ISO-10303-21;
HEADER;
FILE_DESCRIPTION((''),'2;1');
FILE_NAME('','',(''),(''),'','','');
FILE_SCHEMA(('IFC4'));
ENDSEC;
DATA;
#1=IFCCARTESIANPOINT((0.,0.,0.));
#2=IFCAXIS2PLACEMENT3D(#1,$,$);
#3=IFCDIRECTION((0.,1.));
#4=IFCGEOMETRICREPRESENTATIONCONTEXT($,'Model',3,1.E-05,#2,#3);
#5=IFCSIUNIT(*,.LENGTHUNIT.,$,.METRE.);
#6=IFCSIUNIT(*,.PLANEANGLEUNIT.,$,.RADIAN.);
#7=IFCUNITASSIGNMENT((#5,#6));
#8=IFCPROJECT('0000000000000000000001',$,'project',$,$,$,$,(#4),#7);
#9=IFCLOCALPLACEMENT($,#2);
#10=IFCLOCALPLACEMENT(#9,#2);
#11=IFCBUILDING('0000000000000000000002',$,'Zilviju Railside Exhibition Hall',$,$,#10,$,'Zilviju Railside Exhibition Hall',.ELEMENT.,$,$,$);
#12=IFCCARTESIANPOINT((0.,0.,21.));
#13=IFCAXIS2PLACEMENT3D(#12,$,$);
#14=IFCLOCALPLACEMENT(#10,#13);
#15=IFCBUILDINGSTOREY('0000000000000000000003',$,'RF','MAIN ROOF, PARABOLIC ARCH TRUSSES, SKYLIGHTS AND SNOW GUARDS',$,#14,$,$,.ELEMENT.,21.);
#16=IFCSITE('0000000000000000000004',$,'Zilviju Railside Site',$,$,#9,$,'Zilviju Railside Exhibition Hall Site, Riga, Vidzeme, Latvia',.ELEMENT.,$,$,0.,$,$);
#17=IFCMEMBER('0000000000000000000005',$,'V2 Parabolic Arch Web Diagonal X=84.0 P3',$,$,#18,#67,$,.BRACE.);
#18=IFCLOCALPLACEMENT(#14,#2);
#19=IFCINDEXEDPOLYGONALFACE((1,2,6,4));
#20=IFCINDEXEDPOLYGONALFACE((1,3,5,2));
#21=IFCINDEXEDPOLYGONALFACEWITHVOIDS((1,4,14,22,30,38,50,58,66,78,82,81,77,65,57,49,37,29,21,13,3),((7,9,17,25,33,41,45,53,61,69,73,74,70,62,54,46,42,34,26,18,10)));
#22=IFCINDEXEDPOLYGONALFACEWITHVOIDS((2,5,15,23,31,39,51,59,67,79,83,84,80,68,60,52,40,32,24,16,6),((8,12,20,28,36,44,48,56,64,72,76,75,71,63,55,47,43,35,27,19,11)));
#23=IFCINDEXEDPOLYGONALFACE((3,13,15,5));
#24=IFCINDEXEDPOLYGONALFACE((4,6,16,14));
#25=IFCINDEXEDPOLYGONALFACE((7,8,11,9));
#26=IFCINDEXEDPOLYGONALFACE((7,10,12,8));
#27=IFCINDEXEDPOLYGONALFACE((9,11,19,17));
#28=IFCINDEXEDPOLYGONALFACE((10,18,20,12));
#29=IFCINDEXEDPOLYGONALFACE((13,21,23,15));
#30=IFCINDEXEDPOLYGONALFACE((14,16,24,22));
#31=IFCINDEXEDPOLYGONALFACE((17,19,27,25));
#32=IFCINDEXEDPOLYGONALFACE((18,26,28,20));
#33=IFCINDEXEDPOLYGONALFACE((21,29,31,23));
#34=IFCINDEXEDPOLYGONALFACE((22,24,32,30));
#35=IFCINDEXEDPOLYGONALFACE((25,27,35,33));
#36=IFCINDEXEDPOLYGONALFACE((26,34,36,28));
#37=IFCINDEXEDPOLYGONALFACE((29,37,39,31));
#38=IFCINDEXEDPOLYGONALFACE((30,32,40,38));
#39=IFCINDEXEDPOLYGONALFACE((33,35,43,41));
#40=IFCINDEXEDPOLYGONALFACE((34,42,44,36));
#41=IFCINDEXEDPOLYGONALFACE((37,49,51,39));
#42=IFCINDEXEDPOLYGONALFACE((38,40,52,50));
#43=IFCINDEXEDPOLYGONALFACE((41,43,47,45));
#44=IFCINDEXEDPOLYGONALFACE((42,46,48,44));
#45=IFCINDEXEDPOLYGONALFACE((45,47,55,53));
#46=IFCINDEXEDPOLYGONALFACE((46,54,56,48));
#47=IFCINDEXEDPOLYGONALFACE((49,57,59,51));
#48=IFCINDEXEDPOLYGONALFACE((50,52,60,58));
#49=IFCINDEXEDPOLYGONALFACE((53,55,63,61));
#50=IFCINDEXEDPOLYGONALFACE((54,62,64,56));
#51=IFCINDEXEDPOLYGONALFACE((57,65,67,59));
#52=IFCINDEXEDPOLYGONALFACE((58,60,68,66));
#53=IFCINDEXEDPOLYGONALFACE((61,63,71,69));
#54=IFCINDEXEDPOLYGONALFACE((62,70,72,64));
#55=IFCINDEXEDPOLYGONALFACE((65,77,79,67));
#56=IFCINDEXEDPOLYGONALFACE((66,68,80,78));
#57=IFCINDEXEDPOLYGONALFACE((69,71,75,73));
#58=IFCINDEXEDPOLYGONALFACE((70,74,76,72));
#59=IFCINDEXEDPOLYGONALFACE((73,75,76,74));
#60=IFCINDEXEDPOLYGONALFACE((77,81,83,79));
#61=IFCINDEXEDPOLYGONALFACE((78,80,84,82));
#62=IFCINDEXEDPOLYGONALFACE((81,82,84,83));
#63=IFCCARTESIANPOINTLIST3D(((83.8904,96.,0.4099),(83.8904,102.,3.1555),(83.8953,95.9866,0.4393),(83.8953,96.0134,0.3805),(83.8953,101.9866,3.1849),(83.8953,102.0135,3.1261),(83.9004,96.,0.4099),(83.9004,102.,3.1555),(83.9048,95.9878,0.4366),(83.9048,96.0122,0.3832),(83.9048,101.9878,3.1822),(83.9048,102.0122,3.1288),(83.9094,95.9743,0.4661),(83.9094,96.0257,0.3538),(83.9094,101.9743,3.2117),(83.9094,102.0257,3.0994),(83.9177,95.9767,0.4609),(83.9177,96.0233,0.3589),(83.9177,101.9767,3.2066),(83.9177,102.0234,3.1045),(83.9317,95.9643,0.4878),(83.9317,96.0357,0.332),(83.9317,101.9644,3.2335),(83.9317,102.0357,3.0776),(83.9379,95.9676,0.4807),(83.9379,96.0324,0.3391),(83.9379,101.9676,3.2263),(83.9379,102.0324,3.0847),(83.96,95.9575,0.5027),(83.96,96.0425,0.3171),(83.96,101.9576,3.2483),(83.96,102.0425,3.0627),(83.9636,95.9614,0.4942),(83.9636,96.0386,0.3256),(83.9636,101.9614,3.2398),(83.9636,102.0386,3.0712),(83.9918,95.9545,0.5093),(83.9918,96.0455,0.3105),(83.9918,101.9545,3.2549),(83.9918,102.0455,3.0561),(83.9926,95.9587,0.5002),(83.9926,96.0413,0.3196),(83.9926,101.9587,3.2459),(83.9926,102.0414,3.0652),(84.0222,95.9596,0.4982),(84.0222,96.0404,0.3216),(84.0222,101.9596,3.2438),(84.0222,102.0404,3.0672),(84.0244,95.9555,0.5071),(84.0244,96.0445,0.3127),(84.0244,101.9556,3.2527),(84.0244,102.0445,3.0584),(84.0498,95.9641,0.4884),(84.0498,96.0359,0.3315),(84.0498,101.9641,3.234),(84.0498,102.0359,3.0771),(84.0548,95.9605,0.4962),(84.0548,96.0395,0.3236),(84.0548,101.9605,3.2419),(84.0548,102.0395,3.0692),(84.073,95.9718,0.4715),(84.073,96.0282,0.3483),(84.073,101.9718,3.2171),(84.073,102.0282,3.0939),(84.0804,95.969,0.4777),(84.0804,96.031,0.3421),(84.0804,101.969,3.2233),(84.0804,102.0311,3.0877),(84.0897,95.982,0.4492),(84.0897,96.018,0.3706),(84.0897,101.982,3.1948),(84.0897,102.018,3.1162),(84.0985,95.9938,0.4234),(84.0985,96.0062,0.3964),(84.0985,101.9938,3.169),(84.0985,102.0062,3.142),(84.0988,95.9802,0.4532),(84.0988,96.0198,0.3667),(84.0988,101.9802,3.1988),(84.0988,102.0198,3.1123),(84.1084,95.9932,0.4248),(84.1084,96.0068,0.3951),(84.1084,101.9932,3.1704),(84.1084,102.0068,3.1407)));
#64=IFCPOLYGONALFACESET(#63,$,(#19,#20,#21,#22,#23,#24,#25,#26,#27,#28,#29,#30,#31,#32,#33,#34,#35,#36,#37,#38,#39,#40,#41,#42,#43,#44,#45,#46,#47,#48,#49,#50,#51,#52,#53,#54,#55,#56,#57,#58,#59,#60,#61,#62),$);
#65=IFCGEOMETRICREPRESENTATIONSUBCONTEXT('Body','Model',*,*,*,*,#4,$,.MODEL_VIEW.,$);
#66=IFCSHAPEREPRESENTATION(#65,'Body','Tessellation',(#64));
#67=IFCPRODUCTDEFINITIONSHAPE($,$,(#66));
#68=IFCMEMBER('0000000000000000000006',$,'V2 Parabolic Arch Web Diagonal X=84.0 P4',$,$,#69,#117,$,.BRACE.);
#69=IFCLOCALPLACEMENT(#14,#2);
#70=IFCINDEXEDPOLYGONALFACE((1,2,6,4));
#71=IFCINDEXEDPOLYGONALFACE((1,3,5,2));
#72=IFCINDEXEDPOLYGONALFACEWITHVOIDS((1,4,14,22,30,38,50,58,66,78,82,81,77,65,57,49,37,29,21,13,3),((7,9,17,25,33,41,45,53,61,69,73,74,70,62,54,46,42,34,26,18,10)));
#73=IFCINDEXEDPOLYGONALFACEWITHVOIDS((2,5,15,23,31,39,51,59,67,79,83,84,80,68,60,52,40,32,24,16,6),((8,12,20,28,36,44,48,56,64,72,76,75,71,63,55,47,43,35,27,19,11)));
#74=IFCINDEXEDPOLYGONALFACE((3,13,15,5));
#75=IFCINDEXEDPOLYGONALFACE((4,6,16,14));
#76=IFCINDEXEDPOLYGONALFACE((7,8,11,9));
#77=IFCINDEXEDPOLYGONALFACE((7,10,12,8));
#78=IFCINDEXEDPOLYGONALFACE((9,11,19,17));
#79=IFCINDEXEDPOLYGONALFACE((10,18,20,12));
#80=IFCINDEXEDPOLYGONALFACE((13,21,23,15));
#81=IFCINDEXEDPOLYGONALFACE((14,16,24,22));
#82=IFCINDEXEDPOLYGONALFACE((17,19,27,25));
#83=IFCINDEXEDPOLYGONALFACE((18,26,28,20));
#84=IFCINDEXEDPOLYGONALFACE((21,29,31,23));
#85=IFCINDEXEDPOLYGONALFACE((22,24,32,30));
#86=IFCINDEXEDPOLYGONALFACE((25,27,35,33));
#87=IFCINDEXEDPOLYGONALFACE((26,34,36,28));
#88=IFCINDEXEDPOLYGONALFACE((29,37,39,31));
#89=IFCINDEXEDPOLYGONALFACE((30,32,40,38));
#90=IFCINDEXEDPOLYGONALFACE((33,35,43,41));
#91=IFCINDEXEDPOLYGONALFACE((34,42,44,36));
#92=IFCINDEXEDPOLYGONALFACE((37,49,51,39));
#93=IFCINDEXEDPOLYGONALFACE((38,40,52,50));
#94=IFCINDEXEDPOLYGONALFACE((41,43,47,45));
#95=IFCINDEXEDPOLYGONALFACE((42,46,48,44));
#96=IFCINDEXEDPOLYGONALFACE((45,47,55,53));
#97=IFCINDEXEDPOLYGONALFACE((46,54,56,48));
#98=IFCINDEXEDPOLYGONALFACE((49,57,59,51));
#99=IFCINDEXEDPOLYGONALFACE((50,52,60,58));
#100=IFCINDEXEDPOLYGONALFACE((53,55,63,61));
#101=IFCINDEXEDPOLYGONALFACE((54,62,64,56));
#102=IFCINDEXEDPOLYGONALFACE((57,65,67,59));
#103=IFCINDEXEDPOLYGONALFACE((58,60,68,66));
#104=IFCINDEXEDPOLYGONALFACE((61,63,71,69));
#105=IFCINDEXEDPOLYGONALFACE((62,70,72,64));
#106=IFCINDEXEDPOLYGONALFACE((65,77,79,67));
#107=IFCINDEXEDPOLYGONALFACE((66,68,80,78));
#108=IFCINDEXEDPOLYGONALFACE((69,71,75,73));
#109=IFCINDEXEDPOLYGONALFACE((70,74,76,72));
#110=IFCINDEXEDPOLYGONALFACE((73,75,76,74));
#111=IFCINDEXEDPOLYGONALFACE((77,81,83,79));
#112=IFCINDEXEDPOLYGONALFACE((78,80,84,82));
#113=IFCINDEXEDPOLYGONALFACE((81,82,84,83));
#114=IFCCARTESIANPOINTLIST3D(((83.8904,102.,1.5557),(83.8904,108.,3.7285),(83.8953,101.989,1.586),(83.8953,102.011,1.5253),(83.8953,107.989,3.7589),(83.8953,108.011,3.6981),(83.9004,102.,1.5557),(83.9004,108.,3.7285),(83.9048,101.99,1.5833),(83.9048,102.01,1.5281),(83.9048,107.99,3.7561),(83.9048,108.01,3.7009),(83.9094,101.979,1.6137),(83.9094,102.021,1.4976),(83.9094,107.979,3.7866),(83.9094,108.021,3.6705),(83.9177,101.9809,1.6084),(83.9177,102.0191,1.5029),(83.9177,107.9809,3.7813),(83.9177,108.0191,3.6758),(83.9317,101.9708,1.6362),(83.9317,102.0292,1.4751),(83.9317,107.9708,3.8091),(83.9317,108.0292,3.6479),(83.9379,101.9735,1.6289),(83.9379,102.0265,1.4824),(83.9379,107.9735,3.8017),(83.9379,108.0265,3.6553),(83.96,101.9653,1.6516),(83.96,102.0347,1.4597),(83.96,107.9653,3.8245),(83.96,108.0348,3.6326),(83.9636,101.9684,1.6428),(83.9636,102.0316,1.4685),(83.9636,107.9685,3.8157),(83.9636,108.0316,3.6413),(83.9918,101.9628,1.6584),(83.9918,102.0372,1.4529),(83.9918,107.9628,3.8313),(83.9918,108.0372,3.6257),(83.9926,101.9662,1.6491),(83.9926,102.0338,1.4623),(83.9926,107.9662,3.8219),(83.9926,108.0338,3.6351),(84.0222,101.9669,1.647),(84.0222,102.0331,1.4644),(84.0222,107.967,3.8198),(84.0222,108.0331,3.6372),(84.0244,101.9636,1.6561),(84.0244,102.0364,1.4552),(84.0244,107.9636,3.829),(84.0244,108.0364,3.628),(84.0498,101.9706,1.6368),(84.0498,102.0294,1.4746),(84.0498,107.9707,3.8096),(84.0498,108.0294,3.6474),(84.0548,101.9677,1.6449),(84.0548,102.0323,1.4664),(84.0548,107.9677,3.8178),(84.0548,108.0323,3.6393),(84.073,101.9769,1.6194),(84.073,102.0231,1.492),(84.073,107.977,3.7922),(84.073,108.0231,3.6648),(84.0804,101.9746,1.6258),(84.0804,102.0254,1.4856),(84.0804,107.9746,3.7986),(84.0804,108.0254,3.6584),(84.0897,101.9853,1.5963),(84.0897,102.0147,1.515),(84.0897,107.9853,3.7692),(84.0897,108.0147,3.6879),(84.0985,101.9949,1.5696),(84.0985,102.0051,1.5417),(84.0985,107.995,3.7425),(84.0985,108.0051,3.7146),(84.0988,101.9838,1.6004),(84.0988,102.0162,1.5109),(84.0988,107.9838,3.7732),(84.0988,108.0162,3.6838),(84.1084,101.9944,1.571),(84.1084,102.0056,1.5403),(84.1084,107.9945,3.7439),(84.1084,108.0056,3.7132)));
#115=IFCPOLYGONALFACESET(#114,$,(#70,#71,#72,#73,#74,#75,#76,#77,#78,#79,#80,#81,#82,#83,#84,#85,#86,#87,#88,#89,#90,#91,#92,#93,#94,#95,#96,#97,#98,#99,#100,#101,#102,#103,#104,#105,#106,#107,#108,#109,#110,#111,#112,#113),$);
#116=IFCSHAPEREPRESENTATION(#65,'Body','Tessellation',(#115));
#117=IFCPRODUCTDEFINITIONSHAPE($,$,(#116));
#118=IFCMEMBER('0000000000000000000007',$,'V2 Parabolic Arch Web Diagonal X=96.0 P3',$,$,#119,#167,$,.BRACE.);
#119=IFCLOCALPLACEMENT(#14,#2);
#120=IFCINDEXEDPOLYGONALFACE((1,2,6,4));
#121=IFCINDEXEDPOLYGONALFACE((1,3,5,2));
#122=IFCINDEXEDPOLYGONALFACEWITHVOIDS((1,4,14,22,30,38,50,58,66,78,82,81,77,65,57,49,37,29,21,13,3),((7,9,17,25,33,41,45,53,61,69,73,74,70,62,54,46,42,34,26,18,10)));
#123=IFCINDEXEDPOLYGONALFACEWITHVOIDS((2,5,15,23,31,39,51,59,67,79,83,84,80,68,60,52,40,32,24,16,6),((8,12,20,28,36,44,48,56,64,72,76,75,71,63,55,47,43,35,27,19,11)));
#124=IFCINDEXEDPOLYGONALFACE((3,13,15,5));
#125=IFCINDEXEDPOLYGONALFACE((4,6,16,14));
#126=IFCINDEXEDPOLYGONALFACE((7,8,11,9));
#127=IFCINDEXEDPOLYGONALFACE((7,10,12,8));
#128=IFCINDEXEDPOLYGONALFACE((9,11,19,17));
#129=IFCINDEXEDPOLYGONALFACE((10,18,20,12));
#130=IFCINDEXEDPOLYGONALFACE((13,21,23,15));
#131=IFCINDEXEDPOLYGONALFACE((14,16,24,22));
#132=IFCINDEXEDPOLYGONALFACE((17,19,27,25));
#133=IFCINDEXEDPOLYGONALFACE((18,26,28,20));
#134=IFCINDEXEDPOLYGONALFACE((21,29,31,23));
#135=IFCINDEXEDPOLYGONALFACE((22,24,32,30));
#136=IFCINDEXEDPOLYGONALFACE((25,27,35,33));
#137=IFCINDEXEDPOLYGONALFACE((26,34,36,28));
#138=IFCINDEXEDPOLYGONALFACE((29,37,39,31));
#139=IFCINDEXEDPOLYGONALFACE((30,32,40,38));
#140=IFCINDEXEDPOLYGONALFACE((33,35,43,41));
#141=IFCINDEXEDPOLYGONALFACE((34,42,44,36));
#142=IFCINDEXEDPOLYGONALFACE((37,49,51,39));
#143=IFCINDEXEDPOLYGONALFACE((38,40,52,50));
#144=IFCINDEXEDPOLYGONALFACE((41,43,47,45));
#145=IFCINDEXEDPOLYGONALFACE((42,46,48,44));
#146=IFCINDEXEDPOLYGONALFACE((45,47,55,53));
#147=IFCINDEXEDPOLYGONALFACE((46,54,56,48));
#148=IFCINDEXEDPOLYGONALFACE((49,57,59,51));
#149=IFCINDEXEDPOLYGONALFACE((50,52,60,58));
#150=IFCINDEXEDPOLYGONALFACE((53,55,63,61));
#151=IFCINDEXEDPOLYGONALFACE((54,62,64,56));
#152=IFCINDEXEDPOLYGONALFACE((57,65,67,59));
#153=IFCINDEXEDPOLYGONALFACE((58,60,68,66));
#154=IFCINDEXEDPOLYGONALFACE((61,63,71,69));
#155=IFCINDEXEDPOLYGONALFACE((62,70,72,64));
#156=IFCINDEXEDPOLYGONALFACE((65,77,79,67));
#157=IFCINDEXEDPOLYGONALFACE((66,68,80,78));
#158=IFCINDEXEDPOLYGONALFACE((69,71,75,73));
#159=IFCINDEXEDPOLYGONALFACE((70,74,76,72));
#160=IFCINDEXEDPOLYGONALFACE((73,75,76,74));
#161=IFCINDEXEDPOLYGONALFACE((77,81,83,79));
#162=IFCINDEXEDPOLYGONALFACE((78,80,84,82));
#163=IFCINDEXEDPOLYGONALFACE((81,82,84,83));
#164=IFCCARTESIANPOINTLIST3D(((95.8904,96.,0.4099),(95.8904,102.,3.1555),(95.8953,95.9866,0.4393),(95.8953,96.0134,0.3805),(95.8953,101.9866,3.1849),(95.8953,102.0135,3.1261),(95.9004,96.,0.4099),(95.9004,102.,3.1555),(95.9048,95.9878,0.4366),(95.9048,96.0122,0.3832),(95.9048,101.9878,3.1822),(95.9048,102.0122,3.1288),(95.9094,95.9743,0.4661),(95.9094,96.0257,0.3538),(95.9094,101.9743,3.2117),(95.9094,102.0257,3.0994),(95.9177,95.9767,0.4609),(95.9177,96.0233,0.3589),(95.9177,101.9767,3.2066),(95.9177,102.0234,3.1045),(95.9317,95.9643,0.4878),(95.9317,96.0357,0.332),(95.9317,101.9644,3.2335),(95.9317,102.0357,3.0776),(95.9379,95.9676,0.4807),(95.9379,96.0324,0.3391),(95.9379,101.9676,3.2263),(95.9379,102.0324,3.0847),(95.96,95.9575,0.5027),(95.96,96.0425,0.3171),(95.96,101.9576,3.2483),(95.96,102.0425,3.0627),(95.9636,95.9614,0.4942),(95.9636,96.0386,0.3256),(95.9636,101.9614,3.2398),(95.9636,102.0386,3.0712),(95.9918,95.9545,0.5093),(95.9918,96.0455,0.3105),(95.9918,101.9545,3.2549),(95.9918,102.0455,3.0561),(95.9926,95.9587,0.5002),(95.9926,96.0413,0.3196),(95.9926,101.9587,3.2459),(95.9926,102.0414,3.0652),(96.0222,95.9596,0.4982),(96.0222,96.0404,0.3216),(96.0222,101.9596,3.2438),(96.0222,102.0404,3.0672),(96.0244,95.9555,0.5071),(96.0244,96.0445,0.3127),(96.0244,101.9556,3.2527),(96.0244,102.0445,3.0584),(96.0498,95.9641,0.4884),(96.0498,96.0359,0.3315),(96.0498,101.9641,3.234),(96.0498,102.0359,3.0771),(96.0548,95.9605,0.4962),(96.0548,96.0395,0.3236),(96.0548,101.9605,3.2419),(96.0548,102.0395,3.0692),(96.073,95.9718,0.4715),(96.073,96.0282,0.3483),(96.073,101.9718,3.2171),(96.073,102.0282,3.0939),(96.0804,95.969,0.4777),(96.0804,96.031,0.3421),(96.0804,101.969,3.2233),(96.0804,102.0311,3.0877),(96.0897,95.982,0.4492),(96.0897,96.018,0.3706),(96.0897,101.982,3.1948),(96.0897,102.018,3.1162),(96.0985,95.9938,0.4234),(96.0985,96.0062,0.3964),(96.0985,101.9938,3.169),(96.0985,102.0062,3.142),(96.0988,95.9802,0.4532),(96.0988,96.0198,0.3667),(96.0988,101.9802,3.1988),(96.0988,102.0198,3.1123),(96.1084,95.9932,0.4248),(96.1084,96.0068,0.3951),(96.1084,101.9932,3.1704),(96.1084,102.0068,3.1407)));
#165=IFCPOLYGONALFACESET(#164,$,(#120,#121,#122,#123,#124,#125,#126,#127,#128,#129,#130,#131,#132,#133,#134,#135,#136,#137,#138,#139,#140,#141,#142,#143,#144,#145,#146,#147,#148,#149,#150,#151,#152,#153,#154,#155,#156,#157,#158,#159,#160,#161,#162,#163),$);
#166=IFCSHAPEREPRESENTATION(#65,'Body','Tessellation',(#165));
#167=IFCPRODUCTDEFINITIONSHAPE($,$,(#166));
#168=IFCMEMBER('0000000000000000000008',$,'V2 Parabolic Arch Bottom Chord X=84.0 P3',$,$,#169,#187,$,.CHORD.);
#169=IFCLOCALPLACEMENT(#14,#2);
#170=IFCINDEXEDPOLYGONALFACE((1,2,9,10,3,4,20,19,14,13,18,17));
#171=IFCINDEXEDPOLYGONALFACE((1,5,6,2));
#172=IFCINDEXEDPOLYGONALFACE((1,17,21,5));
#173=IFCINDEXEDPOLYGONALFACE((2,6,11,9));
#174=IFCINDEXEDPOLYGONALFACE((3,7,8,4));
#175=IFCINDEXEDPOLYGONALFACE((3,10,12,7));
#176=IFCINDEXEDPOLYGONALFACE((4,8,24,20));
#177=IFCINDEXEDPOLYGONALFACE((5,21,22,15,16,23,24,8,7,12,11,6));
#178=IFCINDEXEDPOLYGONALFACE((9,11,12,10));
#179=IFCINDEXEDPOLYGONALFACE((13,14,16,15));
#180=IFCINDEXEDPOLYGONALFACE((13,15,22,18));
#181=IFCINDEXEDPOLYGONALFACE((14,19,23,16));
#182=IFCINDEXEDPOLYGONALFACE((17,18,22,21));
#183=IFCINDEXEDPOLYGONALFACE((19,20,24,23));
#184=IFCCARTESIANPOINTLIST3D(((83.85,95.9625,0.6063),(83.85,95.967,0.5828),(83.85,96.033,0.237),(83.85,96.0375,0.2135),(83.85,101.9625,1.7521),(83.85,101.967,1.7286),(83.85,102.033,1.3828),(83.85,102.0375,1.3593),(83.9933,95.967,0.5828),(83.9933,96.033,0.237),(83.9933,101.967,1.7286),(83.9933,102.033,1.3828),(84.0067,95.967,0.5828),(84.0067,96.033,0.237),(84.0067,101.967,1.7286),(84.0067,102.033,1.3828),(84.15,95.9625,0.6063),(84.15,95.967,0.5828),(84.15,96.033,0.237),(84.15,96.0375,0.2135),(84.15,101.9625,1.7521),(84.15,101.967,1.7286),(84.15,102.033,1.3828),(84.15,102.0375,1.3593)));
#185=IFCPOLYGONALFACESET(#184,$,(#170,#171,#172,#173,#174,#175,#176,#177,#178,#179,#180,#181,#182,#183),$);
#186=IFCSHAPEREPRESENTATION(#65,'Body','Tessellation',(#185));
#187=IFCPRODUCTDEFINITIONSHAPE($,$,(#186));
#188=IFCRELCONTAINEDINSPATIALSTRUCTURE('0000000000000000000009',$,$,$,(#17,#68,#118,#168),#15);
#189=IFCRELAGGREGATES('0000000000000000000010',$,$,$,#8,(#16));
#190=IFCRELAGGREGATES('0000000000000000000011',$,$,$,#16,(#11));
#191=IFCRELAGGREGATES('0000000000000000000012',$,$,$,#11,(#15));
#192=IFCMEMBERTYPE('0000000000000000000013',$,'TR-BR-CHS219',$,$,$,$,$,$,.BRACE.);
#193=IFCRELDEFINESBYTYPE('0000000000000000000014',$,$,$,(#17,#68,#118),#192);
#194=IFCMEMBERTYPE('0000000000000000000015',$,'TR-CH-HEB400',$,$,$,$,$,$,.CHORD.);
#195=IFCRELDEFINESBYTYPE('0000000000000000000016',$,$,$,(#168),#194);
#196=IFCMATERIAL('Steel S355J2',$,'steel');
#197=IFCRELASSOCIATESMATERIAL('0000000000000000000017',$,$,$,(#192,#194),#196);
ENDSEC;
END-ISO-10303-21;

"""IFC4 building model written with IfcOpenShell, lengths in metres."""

from ifc_helpers import new_model, si_unit, direction, frame, origin, origin_2d, place, context, subcontext, project, spatial, hollow_circle, i_section, extrude, material, material_profile, profile_set, type_object, element, save


model = new_model("IFC4")

# Units and contexts
model_context = context("Model", 3, precision=1e-05, world=origin(), true_north=direction((0.0, 1.0)))
body_context = subcontext(model_context, "Body", "Model", "MODEL_VIEW")
ifc_project = project(units=[si_unit("LENGTHUNIT", "METRE"), si_unit("PLANEANGLEUNIT", "RADIAN")], contexts=[model_context])

# Site, building, storey
site_placement = place(None, origin())
site = spatial("IfcSite", under=ifc_project, at=site_placement, Name="Zilviju Railside Site", LongName="Zilviju Railside Exhibition Hall Site, Riga, Vidzeme, Latvia", CompositionType="ELEMENT", RefElevation=0.0)
building_placement = place(site_placement, origin())
building = spatial("IfcBuilding", under=site, at=building_placement, Name="Zilviju Railside Exhibition Hall", LongName="Zilviju Railside Exhibition Hall", CompositionType="ELEMENT")
storey_placement = place(building_placement, frame((0.0, 0.0, 21.0)))
storey = spatial("IfcBuildingStorey", under=building, at=storey_placement, Name="RF", Description="MAIN ROOF, PARABOLIC ARCH TRUSSES, SKYLIGHTS AND SNOW GUARDS", CompositionType="ELEMENT", Elevation=21.0)

# Members
ifc_material_1 = material(Name="Steel S355J2", Category="steel")
ifc_material_profile_1 = material_profile(ifc_material_1, hollow_circle(Radius=0.1096, WallThickness=0.01, at=origin_2d()), Name="CHS 219.1x10.0")
ifc_profile_set_1 = profile_set([ifc_material_profile_1], Name="Steel S355J2")
member_type_1 = type_object("IfcMemberType", Name="TR-BR-CHS219", PredefinedType="BRACE", material=ifc_profile_set_1)
member_1_placement = place(storey_placement, frame((84.0, 96.0, 0.4099), z_axis=(0.0, 0.909317, 0.416104), x_axis=(-1.0, 0.0, 0.0)))
element("IfcMember", 1, at=member_1_placement, inside=storey, type_object=member_type_1, Name="V2 Parabolic Arch Web Diagonal X=84.0 P3", PredefinedType="BRACE", context=body_context, shape_type="SweptSolid", body=[
    extrude(hollow_circle(Radius=0.1096, WallThickness=0.01, at=origin_2d()), origin(), (0.0, 0.0, 1.0), 6.5984),
])
member_2_placement = place(storey_placement, frame((84.0, 102.0, 1.5557), z_axis=(0.0, 0.940244, 0.340502), x_axis=(-1.0, 0.0, 0.0)))
element("IfcMember", 2, at=member_2_placement, inside=storey, type_object=member_type_1, Name="V2 Parabolic Arch Web Diagonal X=84.0 P4", PredefinedType="BRACE", context=body_context, shape_type="SweptSolid", body=[
    extrude(hollow_circle(Radius=0.1096, WallThickness=0.01, at=origin_2d()), origin(), (0.0, 0.0, 1.0), 6.3813),
])
member_3_placement = place(storey_placement, frame((96.0, 96.0, 0.4099), z_axis=(0.0, 0.909317, 0.416104), x_axis=(-1.0, 0.0, 0.0)))
element("IfcMember", 3, at=member_3_placement, inside=storey, type_object=member_type_1, Name="V2 Parabolic Arch Web Diagonal X=96.0 P3", PredefinedType="BRACE", context=body_context, shape_type="SweptSolid", body=[
    extrude(hollow_circle(Radius=0.1096, WallThickness=0.01, at=origin_2d()), origin(), (0.0, 0.0, 1.0), 6.5984),
])
ifc_material_profile_2 = material_profile(ifc_material_1, i_section(OverallWidth=0.3, OverallDepth=0.3999, WebThickness=0.0134, FlangeThickness=0.0239, at=origin_2d()), Name="HEB 400")
ifc_profile_set_2 = profile_set([ifc_material_profile_2], Name="Steel S355J2")
member_type_2 = type_object("IfcMemberType", Name="TR-CH-HEB400", PredefinedType="CHORD", material=ifc_profile_set_2)
member_4_placement = place(storey_placement, frame((84.0, 96.0, 0.4099), z_axis=(0.0, 0.982251, 0.187569), x_axis=(-1.0, 0.0, 0.0)))
element("IfcMember", 4, at=member_4_placement, inside=storey, type_object=member_type_2, Name="V2 Parabolic Arch Bottom Chord X=84.0 P3", PredefinedType="CHORD", context=body_context, shape_type="SweptSolid", body=[
    extrude(i_section(OverallWidth=0.3, OverallDepth=0.3999, WebThickness=0.0134, FlangeThickness=0.0239, at=origin_2d()), origin(), (0.0, 0.0, 1.0), 6.1084),
])

save(model, "model.ifc")
